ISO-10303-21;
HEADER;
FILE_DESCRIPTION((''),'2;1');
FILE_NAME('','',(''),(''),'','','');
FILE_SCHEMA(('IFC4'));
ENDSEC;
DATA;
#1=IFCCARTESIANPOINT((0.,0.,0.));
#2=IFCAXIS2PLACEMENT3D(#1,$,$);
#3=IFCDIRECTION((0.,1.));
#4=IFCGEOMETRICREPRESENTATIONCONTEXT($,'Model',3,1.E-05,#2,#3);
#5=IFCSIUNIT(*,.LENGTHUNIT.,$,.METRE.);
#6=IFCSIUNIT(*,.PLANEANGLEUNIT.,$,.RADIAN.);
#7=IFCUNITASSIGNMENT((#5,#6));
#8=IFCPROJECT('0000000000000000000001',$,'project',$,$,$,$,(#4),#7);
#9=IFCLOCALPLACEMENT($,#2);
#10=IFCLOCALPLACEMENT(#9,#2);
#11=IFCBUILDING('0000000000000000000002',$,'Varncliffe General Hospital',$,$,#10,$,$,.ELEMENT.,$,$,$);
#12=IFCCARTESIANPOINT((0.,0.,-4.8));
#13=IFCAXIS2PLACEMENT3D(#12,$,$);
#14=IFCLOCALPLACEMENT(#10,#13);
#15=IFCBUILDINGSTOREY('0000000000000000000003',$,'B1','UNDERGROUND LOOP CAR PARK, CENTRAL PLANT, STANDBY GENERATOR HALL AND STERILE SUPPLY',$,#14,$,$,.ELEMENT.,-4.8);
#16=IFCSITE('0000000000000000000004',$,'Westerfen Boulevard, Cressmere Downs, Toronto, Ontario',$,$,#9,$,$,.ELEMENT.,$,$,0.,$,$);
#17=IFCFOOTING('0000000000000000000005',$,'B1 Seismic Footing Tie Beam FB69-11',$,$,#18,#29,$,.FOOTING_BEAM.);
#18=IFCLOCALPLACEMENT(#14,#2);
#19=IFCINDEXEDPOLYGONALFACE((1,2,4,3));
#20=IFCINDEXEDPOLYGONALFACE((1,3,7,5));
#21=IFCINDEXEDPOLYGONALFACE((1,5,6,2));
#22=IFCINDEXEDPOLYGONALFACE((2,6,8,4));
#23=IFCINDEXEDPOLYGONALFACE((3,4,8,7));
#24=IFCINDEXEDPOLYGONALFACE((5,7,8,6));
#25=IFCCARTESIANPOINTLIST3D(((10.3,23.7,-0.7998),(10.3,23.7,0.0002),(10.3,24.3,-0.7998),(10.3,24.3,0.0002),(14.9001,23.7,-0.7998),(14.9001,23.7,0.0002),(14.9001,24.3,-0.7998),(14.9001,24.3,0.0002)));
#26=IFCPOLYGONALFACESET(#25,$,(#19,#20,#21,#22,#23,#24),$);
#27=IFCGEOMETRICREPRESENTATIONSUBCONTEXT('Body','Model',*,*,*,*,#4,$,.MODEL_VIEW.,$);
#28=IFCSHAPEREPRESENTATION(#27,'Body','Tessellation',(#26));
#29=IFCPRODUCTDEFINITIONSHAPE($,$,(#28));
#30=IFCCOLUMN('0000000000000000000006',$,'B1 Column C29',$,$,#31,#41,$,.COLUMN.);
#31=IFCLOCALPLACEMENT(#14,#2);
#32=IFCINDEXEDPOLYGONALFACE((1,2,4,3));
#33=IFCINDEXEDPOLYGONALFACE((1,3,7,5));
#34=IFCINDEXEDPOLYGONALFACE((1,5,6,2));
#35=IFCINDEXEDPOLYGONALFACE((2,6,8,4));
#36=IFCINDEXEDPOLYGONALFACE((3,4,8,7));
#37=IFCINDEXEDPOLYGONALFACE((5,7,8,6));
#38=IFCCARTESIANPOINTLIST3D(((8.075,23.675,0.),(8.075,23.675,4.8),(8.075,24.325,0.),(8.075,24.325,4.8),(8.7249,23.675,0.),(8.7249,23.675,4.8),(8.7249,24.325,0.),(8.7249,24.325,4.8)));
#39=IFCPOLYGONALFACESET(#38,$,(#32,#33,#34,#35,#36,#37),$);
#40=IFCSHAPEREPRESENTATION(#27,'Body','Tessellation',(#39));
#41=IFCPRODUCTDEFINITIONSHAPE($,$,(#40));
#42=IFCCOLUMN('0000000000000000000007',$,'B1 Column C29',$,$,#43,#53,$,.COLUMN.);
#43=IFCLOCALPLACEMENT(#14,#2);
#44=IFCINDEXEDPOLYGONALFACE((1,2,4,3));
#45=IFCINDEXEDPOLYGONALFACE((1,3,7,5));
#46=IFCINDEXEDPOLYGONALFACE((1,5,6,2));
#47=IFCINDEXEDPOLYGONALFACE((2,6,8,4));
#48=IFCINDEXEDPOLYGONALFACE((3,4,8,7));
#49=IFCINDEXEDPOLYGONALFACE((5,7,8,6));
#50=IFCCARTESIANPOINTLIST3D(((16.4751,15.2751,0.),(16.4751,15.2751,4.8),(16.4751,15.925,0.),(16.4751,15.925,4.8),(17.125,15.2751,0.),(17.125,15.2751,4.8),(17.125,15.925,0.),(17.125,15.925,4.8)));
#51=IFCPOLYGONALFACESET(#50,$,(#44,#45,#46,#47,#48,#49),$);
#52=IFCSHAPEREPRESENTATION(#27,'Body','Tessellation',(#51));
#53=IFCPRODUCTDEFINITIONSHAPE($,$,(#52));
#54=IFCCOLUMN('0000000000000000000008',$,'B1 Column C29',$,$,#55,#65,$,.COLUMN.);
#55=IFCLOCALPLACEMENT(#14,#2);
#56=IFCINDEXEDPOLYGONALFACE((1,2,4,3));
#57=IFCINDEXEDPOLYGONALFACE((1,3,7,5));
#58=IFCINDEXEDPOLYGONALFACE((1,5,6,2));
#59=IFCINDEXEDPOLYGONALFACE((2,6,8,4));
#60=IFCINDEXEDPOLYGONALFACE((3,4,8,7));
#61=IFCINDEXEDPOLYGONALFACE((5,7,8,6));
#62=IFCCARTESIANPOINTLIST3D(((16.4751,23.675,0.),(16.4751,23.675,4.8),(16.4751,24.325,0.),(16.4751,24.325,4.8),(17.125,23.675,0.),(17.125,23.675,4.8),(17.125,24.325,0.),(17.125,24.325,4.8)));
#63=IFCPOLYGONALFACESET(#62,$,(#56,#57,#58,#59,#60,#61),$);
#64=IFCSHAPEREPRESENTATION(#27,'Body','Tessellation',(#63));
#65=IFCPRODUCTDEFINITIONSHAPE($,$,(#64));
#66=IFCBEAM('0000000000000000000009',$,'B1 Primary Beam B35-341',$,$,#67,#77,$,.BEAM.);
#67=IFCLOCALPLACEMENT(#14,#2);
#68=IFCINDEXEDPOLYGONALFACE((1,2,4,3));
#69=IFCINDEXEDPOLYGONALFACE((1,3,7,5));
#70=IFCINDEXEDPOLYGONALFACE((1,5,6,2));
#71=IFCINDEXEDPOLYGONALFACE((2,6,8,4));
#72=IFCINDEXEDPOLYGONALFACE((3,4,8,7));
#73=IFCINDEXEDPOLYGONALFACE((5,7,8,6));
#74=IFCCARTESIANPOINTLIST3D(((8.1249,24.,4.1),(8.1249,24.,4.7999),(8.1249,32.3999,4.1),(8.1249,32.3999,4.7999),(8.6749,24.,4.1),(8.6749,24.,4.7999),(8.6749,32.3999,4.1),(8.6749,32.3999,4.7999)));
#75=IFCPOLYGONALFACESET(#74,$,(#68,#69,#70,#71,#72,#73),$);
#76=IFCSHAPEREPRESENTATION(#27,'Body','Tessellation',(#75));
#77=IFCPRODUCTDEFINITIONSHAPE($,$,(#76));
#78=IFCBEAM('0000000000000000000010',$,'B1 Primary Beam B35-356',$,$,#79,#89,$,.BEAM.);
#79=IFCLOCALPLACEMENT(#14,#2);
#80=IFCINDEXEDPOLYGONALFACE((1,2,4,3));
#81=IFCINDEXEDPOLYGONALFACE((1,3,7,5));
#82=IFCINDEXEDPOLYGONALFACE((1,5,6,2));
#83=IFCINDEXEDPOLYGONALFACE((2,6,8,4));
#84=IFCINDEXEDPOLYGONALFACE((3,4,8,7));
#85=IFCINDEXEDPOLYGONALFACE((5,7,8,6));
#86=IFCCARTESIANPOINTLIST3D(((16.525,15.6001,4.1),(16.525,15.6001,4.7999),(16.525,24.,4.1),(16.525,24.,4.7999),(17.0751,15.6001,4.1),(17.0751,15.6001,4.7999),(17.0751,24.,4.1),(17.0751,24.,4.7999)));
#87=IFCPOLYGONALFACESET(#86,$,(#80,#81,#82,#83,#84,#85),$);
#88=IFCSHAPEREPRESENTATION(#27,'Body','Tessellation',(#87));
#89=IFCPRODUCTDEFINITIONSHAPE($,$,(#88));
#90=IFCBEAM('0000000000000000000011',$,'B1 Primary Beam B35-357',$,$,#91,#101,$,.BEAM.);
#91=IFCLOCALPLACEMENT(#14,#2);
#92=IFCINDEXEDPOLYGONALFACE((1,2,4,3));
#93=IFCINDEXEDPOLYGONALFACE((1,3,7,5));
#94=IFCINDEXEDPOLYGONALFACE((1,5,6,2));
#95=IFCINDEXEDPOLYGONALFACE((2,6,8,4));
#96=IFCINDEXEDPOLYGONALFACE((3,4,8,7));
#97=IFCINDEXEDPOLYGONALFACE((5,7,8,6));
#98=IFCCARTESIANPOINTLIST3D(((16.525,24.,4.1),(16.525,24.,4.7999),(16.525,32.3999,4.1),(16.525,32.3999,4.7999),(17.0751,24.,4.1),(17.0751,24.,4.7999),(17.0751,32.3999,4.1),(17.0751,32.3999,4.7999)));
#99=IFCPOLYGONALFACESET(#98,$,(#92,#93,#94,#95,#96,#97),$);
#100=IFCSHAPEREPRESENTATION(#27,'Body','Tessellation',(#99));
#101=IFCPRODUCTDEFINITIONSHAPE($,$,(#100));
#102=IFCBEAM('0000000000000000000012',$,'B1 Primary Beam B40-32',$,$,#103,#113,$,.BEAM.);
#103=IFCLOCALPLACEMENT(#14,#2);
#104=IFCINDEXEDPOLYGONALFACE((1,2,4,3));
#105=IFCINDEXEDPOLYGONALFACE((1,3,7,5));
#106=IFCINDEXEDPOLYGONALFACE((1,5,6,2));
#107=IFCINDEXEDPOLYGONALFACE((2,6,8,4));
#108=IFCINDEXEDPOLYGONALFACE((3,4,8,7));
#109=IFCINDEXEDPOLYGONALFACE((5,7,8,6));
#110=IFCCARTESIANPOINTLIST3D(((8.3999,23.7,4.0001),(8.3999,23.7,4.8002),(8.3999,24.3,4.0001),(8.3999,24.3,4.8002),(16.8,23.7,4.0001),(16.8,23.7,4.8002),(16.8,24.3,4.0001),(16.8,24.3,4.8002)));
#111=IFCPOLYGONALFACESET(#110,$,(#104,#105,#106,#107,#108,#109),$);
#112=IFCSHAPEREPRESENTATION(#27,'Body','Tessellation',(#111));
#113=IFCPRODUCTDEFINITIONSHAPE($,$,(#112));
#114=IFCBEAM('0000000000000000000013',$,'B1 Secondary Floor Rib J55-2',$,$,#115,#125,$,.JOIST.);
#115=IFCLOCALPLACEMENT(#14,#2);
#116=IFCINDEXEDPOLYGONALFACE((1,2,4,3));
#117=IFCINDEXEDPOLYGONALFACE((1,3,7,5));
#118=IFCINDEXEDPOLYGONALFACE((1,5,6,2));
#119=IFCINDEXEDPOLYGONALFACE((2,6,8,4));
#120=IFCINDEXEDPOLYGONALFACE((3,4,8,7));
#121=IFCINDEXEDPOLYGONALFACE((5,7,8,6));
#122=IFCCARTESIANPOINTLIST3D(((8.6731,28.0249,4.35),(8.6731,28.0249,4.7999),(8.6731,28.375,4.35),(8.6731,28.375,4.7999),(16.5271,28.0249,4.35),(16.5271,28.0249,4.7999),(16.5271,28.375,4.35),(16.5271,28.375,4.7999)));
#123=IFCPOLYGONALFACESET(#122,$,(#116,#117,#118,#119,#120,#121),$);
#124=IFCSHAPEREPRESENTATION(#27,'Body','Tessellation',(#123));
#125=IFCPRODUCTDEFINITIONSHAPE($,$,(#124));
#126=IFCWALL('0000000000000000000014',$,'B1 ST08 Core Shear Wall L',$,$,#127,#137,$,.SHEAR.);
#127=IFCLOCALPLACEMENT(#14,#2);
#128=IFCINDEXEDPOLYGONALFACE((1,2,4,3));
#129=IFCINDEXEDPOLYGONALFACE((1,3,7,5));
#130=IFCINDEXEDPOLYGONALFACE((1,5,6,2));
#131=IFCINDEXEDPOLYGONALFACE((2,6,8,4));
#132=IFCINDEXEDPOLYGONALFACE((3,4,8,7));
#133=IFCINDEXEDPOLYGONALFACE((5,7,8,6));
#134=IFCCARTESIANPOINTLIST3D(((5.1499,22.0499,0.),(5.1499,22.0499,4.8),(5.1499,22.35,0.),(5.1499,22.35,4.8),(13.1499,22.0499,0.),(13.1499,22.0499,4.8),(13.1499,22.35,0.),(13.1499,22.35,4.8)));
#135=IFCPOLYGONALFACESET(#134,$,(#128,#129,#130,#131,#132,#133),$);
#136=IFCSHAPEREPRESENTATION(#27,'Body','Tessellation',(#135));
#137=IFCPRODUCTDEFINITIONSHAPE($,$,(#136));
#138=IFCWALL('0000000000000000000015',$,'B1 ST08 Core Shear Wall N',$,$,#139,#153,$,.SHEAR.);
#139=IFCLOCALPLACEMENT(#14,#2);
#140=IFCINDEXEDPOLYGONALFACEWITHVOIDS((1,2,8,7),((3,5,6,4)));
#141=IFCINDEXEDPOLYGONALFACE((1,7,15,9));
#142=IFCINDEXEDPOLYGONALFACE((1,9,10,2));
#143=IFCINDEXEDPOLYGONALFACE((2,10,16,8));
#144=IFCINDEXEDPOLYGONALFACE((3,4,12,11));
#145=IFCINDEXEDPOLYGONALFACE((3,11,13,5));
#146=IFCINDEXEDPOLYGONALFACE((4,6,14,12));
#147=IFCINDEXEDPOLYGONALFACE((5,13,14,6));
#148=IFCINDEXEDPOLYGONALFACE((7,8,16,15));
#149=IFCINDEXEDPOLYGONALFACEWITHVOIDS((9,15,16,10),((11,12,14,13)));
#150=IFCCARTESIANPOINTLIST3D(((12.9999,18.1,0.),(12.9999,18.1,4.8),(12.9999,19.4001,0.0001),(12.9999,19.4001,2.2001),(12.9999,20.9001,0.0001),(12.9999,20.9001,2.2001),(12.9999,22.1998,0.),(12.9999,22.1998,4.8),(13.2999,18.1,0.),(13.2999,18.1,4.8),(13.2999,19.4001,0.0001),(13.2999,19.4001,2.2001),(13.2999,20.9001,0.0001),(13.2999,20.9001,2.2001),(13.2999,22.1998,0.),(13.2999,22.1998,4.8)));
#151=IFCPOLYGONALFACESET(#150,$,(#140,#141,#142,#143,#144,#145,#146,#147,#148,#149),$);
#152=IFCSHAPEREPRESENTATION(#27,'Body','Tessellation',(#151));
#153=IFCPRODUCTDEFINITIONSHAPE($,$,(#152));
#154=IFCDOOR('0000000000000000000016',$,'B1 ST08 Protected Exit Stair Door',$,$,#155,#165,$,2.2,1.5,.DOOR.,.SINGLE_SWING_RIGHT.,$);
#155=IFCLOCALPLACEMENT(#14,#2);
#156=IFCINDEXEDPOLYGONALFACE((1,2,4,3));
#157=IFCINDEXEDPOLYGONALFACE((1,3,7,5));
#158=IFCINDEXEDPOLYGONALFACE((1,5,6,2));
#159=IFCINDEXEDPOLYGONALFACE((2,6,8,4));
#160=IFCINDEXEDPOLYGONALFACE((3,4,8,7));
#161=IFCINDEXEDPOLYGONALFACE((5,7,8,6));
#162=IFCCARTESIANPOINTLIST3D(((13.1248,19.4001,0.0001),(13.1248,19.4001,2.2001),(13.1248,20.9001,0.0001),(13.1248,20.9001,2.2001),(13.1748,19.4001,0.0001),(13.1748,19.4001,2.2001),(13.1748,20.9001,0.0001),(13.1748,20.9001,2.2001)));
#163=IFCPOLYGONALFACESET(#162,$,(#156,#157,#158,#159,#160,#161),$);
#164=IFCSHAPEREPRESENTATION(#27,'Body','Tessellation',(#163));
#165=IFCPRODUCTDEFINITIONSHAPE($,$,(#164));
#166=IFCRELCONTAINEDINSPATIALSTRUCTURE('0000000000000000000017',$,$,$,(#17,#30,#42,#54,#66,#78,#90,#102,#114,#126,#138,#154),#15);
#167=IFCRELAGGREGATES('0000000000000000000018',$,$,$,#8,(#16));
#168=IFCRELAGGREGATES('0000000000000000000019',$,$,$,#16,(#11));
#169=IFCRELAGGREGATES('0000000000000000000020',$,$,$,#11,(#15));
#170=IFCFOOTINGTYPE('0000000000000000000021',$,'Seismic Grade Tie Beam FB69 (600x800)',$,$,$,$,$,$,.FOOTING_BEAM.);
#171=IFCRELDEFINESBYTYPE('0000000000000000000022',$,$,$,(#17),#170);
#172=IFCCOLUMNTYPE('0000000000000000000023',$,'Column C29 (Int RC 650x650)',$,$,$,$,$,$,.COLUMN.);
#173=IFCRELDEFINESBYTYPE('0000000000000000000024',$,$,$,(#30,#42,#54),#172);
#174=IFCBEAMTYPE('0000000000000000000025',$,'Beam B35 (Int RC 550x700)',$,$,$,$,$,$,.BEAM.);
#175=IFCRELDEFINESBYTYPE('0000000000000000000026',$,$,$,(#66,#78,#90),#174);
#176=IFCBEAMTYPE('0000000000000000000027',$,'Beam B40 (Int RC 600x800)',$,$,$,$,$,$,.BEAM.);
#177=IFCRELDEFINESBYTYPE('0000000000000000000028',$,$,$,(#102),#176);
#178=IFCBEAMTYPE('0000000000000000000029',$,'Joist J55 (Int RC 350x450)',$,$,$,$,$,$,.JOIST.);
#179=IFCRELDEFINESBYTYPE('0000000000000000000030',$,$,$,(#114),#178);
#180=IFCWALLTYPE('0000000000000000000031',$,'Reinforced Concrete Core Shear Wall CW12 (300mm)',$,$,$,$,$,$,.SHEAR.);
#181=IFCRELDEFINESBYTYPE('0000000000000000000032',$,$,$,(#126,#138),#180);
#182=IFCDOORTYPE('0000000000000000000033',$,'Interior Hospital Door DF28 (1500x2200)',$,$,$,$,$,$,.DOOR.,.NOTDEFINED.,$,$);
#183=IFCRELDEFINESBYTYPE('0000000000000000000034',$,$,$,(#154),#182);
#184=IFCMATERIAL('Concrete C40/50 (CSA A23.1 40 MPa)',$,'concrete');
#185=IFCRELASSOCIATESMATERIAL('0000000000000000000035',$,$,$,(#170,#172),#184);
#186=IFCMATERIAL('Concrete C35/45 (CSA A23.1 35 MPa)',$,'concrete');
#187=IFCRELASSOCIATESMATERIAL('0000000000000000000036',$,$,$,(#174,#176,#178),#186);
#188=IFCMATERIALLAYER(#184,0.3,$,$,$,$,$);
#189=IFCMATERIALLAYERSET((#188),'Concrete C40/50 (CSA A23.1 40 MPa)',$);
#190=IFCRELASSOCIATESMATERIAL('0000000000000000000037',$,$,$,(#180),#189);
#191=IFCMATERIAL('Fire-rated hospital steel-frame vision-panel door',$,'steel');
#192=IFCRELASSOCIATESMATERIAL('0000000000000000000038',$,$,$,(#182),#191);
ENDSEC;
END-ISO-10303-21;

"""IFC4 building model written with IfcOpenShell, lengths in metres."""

from ifc_helpers import new_model, si_unit, direction, frame, frame_2d, origin, origin_2d, place, context, subcontext, project, spatial, rectangle, extrude, material, layer, layer_set, material_profile, profile_set, type_object, element, fill, save


model = new_model("IFC4")

# Units and contexts
model_context = context("Model", 3, precision=1e-05, world=origin(), true_north=direction((0.0, 1.0)))
body_context = subcontext(model_context, "Body", "Model", "MODEL_VIEW")
ifc_project = project(units=[si_unit("LENGTHUNIT", "METRE"), si_unit("PLANEANGLEUNIT", "RADIAN")], contexts=[model_context])

# Site, building, storey
site_placement = place(None, origin())
site = spatial("IfcSite", under=ifc_project, at=site_placement, Name="Westerfen Boulevard, Cressmere Downs, Toronto, Ontario", CompositionType="ELEMENT", RefElevation=0.0)
building_placement = place(site_placement, origin())
building = spatial("IfcBuilding", under=site, at=building_placement, Name="Varncliffe General Hospital", CompositionType="ELEMENT")
storey_placement = place(building_placement, frame((0.0, 0.0, -4.8)))
storey = spatial("IfcBuildingStorey", under=building, at=storey_placement, Name="B1", Description="UNDERGROUND LOOP CAR PARK, CENTRAL PLANT, STANDBY GENERATOR HALL AND STERILE SUPPLY", CompositionType="ELEMENT", Elevation=-4.8)

# Shared definitions
ifc_material_1 = material(Name="Concrete C40/50 (CSA A23.1 40 MPa)", Category="concrete")

# Footing
footing_type_1 = type_object("IfcFootingType", Name="Seismic Grade Tie Beam FB69 (600x800)", PredefinedType="FOOTING_BEAM", material=ifc_material_1)
footing_placement = place(storey_placement, frame((12.6001, 24.0, -0.7998), z_axis=(0.0, 0.0, 1.0), x_axis=(1.0, 0.0, 0.0)))
element("IfcFooting", 1, at=footing_placement, inside=storey, type_object=footing_type_1, Name="B1 Seismic Footing Tie Beam FB69-11", PredefinedType="FOOTING_BEAM", context=body_context, shape_type="SweptSolid", body=[
    extrude(rectangle(XDim=4.6001, YDim=0.6001, at=origin_2d()), origin(), (0.0, 0.0, 1.0), 0.8),
])

# Columns
ifc_material_profile_1 = material_profile(ifc_material_1, rectangle(XDim=0.6499, YDim=0.6499, at=origin_2d()), Name="RC 650x650")
ifc_profile_set_1 = profile_set([ifc_material_profile_1], Name="Concrete C40/50 (CSA A23.1 40 MPa)")
column_type = type_object("IfcColumnType", Name="Column C29 (Int RC 650x650)", PredefinedType="COLUMN", material=ifc_profile_set_1)
for number, where, z_axis, x_axis, name in (
    (2, (8.3999, 24.0, 0.0), (0.0, 0.0, 1.0), (1.0, 0.0, 0.0), "B1 Column C29"),
    (3, (16.8, 15.6001, 0.0), (0.0, 0.0, 1.0), (1.0, 0.0, 0.0), "B1 Column C29"),
    (4, (16.8, 24.0, 0.0), (0.0, 0.0, 1.0), (1.0, 0.0, 0.0), "B1 Column C29"),
):
    element("IfcColumn", number, at=place(storey_placement, frame(where, z_axis=z_axis, x_axis=x_axis)), inside=storey, type_object=column_type, Name=name, PredefinedType="COLUMN", context=body_context, shape_type="SweptSolid", body=[
        extrude(rectangle(XDim=0.6499, YDim=0.6499, at=origin_2d()), origin(), (0.0, 0.0, 1.0), 4.8),
    ])

# Beams
ifc_material_2 = material(Name="Concrete C35/45 (CSA A23.1 35 MPa)", Category="concrete")
ifc_material_profile_2 = material_profile(ifc_material_2, rectangle(XDim=0.55, YDim=0.7, at=origin_2d()), Name="RC 550x700")
ifc_profile_set_2 = profile_set([ifc_material_profile_2], Name="Concrete C35/45 (CSA A23.1 35 MPa)")
beam_type_1 = type_object("IfcBeamType", Name="Beam B35 (Int RC 550x700)", PredefinedType="BEAM", material=ifc_profile_set_2)
for number, where, z_axis, x_axis, name in (
    (5, (8.3999, 24.0, 4.45), (0.0, 1.0, 0.0), (-1.0, 0.0, 0.0), "B1 Primary Beam B35-341"),
    (6, (16.8, 15.6001, 4.45), (0.0, 1.0, 0.0), (-1.0, 0.0, 0.0), "B1 Primary Beam B35-356"),
    (7, (16.8, 24.0, 4.45), (0.0, 1.0, 0.0), (-1.0, 0.0, 0.0), "B1 Primary Beam B35-357"),
):
    element("IfcBeam", number, at=place(storey_placement, frame(where, z_axis=z_axis, x_axis=x_axis)), inside=storey, type_object=beam_type_1, Name=name, PredefinedType="BEAM", context=body_context, shape_type="SweptSolid", body=[
        extrude(rectangle(XDim=0.55, YDim=0.7, at=origin_2d()), origin(), (0.0, 0.0, 1.0), 8.3999),
    ])
ifc_material_profile_3 = material_profile(ifc_material_2, rectangle(XDim=0.6001, YDim=0.8, at=origin_2d()), Name="RC 600x800")
ifc_profile_set_3 = profile_set([ifc_material_profile_3], Name="Concrete C35/45 (CSA A23.1 35 MPa)")
beam_type_2 = type_object("IfcBeamType", Name="Beam B40 (Int RC 600x800)", PredefinedType="BEAM", material=ifc_profile_set_3)
beam_1_placement = place(storey_placement, frame((8.3999, 24.0, 4.4001), z_axis=(1.0, 0.0, 0.0), x_axis=(0.0, 1.0, 0.0)))
element("IfcBeam", 8, at=beam_1_placement, inside=storey, type_object=beam_type_2, Name="B1 Primary Beam B40-32", PredefinedType="BEAM", context=body_context, shape_type="SweptSolid", body=[
    extrude(rectangle(XDim=0.6001, YDim=0.8, at=origin_2d()), origin(), (0.0, 0.0, 1.0), 8.4001),
])
ifc_material_profile_4 = material_profile(ifc_material_2, rectangle(XDim=0.3501, YDim=0.45, at=origin_2d()), Name="RC 350x450")
ifc_profile_set_4 = profile_set([ifc_material_profile_4], Name="Concrete C35/45 (CSA A23.1 35 MPa)")
beam_type_3 = type_object("IfcBeamType", Name="Joist J55 (Int RC 350x450)", PredefinedType="JOIST", material=ifc_profile_set_4)
beam_2_placement = place(storey_placement, frame((8.6731, 28.2, 4.575), z_axis=(1.0, 0.0, 0.0), x_axis=(0.0, 1.0, 0.0)))
element("IfcBeam", 9, at=beam_2_placement, inside=storey, type_object=beam_type_3, Name="B1 Secondary Floor Rib J55-2", PredefinedType="JOIST", context=body_context, shape_type="SweptSolid", body=[
    extrude(rectangle(XDim=0.3501, YDim=0.45, at=origin_2d()), origin(), (0.0, 0.0, 1.0), 7.854),
])

# Wall
ifc_layer = layer(ifc_material_1, 0.3)
ifc_layer_set = layer_set([ifc_layer], Name="Concrete C40/50 (CSA A23.1 40 MPa)")
wall_type = type_object("IfcWallType", Name="Reinforced Concrete Core Shear Wall CW12 (300mm)", PredefinedType="SHEAR", material=ifc_layer_set)
wall_1_placement = place(storey_placement, frame((13.1499, 22.2, 0.0), z_axis=(0.0, 0.0, 1.0), x_axis=(-1.0, 0.0, 0.0)))
element("IfcWall", 10, at=wall_1_placement, inside=storey, type_object=wall_type, Name="B1 ST08 Core Shear Wall L", PredefinedType="SHEAR", context=body_context, shape_type="SweptSolid", body=[
    extrude(rectangle(XDim=8.0, YDim=0.3, at=frame_2d((4.0, 0.0))), origin(), (0.0, 0.0, 1.0), 4.8),
])

# Wall, opening, door
wall_2_placement = place(storey_placement, frame((13.1499, 18.1001, 0.0), z_axis=(0.0, 0.0, 1.0), x_axis=(0.0, 1.0, 0.0)))
wall_2 = element("IfcWall", 11, at=wall_2_placement, inside=storey, type_object=wall_type, Name="B1 ST08 Core Shear Wall N", PredefinedType="SHEAR", context=body_context, shape_type="SweptSolid", body=[
    extrude(rectangle(XDim=4.0999, YDim=0.3, at=frame_2d((2.0498, 0.0))), origin(), (0.0, 0.0, 1.0), 4.8),
])
opening_placement = place(wall_2_placement, frame((1.3, 0.0, 0.0)))
opening = element("IfcOpeningElement", 12, at=opening_placement, cuts=wall_2, PredefinedType="OPENING", context=body_context, shape_type="SweptSolid", body=[
    extrude(rectangle(XDim=1.5, YDim=2.2, at=frame_2d((0.75, 1.1001))), frame((0.0, 0.1602, 0.0), z_axis=(0.0, -1.0, 0.0), x_axis=(1.0, 0.0, 0.0)), (0.0, 0.0, 1.0), 0.3201),
])
ifc_material_3 = material(Name="Fire-rated hospital steel-frame vision-panel door", Category="steel")
door_type = type_object("IfcDoorType", Name="Interior Hospital Door DF28 (1500x2200)", OperationType="NOTDEFINED", PredefinedType="DOOR", material=ifc_material_3)
door_placement = place(opening_placement, frame((1.5, 0.0, 0.0), z_axis=(0.0, 0.0, 1.0), x_axis=(-1.0, 0.0, 0.0)))
door = element("IfcDoor", 13, at=door_placement, inside=storey, type_object=door_type, Name="B1 ST08 Protected Exit Stair Door", OperationType="SINGLE_SWING_RIGHT", OverallHeight=2.2, OverallWidth=1.5, PredefinedType="DOOR", context=body_context, shape_type="SweptSolid", body=[
    extrude(rectangle(XDim=1.5, YDim=2.2, at=frame_2d((0.75, 1.1001))), frame((0.0, 0.0249, 0.0), z_axis=(0.0, -1.0, 0.0), x_axis=(1.0, 0.0, 0.0)), (0.0, 0.0, 1.0), 0.05),
])
fill(opening, door)

save(model, "model.ifc")
